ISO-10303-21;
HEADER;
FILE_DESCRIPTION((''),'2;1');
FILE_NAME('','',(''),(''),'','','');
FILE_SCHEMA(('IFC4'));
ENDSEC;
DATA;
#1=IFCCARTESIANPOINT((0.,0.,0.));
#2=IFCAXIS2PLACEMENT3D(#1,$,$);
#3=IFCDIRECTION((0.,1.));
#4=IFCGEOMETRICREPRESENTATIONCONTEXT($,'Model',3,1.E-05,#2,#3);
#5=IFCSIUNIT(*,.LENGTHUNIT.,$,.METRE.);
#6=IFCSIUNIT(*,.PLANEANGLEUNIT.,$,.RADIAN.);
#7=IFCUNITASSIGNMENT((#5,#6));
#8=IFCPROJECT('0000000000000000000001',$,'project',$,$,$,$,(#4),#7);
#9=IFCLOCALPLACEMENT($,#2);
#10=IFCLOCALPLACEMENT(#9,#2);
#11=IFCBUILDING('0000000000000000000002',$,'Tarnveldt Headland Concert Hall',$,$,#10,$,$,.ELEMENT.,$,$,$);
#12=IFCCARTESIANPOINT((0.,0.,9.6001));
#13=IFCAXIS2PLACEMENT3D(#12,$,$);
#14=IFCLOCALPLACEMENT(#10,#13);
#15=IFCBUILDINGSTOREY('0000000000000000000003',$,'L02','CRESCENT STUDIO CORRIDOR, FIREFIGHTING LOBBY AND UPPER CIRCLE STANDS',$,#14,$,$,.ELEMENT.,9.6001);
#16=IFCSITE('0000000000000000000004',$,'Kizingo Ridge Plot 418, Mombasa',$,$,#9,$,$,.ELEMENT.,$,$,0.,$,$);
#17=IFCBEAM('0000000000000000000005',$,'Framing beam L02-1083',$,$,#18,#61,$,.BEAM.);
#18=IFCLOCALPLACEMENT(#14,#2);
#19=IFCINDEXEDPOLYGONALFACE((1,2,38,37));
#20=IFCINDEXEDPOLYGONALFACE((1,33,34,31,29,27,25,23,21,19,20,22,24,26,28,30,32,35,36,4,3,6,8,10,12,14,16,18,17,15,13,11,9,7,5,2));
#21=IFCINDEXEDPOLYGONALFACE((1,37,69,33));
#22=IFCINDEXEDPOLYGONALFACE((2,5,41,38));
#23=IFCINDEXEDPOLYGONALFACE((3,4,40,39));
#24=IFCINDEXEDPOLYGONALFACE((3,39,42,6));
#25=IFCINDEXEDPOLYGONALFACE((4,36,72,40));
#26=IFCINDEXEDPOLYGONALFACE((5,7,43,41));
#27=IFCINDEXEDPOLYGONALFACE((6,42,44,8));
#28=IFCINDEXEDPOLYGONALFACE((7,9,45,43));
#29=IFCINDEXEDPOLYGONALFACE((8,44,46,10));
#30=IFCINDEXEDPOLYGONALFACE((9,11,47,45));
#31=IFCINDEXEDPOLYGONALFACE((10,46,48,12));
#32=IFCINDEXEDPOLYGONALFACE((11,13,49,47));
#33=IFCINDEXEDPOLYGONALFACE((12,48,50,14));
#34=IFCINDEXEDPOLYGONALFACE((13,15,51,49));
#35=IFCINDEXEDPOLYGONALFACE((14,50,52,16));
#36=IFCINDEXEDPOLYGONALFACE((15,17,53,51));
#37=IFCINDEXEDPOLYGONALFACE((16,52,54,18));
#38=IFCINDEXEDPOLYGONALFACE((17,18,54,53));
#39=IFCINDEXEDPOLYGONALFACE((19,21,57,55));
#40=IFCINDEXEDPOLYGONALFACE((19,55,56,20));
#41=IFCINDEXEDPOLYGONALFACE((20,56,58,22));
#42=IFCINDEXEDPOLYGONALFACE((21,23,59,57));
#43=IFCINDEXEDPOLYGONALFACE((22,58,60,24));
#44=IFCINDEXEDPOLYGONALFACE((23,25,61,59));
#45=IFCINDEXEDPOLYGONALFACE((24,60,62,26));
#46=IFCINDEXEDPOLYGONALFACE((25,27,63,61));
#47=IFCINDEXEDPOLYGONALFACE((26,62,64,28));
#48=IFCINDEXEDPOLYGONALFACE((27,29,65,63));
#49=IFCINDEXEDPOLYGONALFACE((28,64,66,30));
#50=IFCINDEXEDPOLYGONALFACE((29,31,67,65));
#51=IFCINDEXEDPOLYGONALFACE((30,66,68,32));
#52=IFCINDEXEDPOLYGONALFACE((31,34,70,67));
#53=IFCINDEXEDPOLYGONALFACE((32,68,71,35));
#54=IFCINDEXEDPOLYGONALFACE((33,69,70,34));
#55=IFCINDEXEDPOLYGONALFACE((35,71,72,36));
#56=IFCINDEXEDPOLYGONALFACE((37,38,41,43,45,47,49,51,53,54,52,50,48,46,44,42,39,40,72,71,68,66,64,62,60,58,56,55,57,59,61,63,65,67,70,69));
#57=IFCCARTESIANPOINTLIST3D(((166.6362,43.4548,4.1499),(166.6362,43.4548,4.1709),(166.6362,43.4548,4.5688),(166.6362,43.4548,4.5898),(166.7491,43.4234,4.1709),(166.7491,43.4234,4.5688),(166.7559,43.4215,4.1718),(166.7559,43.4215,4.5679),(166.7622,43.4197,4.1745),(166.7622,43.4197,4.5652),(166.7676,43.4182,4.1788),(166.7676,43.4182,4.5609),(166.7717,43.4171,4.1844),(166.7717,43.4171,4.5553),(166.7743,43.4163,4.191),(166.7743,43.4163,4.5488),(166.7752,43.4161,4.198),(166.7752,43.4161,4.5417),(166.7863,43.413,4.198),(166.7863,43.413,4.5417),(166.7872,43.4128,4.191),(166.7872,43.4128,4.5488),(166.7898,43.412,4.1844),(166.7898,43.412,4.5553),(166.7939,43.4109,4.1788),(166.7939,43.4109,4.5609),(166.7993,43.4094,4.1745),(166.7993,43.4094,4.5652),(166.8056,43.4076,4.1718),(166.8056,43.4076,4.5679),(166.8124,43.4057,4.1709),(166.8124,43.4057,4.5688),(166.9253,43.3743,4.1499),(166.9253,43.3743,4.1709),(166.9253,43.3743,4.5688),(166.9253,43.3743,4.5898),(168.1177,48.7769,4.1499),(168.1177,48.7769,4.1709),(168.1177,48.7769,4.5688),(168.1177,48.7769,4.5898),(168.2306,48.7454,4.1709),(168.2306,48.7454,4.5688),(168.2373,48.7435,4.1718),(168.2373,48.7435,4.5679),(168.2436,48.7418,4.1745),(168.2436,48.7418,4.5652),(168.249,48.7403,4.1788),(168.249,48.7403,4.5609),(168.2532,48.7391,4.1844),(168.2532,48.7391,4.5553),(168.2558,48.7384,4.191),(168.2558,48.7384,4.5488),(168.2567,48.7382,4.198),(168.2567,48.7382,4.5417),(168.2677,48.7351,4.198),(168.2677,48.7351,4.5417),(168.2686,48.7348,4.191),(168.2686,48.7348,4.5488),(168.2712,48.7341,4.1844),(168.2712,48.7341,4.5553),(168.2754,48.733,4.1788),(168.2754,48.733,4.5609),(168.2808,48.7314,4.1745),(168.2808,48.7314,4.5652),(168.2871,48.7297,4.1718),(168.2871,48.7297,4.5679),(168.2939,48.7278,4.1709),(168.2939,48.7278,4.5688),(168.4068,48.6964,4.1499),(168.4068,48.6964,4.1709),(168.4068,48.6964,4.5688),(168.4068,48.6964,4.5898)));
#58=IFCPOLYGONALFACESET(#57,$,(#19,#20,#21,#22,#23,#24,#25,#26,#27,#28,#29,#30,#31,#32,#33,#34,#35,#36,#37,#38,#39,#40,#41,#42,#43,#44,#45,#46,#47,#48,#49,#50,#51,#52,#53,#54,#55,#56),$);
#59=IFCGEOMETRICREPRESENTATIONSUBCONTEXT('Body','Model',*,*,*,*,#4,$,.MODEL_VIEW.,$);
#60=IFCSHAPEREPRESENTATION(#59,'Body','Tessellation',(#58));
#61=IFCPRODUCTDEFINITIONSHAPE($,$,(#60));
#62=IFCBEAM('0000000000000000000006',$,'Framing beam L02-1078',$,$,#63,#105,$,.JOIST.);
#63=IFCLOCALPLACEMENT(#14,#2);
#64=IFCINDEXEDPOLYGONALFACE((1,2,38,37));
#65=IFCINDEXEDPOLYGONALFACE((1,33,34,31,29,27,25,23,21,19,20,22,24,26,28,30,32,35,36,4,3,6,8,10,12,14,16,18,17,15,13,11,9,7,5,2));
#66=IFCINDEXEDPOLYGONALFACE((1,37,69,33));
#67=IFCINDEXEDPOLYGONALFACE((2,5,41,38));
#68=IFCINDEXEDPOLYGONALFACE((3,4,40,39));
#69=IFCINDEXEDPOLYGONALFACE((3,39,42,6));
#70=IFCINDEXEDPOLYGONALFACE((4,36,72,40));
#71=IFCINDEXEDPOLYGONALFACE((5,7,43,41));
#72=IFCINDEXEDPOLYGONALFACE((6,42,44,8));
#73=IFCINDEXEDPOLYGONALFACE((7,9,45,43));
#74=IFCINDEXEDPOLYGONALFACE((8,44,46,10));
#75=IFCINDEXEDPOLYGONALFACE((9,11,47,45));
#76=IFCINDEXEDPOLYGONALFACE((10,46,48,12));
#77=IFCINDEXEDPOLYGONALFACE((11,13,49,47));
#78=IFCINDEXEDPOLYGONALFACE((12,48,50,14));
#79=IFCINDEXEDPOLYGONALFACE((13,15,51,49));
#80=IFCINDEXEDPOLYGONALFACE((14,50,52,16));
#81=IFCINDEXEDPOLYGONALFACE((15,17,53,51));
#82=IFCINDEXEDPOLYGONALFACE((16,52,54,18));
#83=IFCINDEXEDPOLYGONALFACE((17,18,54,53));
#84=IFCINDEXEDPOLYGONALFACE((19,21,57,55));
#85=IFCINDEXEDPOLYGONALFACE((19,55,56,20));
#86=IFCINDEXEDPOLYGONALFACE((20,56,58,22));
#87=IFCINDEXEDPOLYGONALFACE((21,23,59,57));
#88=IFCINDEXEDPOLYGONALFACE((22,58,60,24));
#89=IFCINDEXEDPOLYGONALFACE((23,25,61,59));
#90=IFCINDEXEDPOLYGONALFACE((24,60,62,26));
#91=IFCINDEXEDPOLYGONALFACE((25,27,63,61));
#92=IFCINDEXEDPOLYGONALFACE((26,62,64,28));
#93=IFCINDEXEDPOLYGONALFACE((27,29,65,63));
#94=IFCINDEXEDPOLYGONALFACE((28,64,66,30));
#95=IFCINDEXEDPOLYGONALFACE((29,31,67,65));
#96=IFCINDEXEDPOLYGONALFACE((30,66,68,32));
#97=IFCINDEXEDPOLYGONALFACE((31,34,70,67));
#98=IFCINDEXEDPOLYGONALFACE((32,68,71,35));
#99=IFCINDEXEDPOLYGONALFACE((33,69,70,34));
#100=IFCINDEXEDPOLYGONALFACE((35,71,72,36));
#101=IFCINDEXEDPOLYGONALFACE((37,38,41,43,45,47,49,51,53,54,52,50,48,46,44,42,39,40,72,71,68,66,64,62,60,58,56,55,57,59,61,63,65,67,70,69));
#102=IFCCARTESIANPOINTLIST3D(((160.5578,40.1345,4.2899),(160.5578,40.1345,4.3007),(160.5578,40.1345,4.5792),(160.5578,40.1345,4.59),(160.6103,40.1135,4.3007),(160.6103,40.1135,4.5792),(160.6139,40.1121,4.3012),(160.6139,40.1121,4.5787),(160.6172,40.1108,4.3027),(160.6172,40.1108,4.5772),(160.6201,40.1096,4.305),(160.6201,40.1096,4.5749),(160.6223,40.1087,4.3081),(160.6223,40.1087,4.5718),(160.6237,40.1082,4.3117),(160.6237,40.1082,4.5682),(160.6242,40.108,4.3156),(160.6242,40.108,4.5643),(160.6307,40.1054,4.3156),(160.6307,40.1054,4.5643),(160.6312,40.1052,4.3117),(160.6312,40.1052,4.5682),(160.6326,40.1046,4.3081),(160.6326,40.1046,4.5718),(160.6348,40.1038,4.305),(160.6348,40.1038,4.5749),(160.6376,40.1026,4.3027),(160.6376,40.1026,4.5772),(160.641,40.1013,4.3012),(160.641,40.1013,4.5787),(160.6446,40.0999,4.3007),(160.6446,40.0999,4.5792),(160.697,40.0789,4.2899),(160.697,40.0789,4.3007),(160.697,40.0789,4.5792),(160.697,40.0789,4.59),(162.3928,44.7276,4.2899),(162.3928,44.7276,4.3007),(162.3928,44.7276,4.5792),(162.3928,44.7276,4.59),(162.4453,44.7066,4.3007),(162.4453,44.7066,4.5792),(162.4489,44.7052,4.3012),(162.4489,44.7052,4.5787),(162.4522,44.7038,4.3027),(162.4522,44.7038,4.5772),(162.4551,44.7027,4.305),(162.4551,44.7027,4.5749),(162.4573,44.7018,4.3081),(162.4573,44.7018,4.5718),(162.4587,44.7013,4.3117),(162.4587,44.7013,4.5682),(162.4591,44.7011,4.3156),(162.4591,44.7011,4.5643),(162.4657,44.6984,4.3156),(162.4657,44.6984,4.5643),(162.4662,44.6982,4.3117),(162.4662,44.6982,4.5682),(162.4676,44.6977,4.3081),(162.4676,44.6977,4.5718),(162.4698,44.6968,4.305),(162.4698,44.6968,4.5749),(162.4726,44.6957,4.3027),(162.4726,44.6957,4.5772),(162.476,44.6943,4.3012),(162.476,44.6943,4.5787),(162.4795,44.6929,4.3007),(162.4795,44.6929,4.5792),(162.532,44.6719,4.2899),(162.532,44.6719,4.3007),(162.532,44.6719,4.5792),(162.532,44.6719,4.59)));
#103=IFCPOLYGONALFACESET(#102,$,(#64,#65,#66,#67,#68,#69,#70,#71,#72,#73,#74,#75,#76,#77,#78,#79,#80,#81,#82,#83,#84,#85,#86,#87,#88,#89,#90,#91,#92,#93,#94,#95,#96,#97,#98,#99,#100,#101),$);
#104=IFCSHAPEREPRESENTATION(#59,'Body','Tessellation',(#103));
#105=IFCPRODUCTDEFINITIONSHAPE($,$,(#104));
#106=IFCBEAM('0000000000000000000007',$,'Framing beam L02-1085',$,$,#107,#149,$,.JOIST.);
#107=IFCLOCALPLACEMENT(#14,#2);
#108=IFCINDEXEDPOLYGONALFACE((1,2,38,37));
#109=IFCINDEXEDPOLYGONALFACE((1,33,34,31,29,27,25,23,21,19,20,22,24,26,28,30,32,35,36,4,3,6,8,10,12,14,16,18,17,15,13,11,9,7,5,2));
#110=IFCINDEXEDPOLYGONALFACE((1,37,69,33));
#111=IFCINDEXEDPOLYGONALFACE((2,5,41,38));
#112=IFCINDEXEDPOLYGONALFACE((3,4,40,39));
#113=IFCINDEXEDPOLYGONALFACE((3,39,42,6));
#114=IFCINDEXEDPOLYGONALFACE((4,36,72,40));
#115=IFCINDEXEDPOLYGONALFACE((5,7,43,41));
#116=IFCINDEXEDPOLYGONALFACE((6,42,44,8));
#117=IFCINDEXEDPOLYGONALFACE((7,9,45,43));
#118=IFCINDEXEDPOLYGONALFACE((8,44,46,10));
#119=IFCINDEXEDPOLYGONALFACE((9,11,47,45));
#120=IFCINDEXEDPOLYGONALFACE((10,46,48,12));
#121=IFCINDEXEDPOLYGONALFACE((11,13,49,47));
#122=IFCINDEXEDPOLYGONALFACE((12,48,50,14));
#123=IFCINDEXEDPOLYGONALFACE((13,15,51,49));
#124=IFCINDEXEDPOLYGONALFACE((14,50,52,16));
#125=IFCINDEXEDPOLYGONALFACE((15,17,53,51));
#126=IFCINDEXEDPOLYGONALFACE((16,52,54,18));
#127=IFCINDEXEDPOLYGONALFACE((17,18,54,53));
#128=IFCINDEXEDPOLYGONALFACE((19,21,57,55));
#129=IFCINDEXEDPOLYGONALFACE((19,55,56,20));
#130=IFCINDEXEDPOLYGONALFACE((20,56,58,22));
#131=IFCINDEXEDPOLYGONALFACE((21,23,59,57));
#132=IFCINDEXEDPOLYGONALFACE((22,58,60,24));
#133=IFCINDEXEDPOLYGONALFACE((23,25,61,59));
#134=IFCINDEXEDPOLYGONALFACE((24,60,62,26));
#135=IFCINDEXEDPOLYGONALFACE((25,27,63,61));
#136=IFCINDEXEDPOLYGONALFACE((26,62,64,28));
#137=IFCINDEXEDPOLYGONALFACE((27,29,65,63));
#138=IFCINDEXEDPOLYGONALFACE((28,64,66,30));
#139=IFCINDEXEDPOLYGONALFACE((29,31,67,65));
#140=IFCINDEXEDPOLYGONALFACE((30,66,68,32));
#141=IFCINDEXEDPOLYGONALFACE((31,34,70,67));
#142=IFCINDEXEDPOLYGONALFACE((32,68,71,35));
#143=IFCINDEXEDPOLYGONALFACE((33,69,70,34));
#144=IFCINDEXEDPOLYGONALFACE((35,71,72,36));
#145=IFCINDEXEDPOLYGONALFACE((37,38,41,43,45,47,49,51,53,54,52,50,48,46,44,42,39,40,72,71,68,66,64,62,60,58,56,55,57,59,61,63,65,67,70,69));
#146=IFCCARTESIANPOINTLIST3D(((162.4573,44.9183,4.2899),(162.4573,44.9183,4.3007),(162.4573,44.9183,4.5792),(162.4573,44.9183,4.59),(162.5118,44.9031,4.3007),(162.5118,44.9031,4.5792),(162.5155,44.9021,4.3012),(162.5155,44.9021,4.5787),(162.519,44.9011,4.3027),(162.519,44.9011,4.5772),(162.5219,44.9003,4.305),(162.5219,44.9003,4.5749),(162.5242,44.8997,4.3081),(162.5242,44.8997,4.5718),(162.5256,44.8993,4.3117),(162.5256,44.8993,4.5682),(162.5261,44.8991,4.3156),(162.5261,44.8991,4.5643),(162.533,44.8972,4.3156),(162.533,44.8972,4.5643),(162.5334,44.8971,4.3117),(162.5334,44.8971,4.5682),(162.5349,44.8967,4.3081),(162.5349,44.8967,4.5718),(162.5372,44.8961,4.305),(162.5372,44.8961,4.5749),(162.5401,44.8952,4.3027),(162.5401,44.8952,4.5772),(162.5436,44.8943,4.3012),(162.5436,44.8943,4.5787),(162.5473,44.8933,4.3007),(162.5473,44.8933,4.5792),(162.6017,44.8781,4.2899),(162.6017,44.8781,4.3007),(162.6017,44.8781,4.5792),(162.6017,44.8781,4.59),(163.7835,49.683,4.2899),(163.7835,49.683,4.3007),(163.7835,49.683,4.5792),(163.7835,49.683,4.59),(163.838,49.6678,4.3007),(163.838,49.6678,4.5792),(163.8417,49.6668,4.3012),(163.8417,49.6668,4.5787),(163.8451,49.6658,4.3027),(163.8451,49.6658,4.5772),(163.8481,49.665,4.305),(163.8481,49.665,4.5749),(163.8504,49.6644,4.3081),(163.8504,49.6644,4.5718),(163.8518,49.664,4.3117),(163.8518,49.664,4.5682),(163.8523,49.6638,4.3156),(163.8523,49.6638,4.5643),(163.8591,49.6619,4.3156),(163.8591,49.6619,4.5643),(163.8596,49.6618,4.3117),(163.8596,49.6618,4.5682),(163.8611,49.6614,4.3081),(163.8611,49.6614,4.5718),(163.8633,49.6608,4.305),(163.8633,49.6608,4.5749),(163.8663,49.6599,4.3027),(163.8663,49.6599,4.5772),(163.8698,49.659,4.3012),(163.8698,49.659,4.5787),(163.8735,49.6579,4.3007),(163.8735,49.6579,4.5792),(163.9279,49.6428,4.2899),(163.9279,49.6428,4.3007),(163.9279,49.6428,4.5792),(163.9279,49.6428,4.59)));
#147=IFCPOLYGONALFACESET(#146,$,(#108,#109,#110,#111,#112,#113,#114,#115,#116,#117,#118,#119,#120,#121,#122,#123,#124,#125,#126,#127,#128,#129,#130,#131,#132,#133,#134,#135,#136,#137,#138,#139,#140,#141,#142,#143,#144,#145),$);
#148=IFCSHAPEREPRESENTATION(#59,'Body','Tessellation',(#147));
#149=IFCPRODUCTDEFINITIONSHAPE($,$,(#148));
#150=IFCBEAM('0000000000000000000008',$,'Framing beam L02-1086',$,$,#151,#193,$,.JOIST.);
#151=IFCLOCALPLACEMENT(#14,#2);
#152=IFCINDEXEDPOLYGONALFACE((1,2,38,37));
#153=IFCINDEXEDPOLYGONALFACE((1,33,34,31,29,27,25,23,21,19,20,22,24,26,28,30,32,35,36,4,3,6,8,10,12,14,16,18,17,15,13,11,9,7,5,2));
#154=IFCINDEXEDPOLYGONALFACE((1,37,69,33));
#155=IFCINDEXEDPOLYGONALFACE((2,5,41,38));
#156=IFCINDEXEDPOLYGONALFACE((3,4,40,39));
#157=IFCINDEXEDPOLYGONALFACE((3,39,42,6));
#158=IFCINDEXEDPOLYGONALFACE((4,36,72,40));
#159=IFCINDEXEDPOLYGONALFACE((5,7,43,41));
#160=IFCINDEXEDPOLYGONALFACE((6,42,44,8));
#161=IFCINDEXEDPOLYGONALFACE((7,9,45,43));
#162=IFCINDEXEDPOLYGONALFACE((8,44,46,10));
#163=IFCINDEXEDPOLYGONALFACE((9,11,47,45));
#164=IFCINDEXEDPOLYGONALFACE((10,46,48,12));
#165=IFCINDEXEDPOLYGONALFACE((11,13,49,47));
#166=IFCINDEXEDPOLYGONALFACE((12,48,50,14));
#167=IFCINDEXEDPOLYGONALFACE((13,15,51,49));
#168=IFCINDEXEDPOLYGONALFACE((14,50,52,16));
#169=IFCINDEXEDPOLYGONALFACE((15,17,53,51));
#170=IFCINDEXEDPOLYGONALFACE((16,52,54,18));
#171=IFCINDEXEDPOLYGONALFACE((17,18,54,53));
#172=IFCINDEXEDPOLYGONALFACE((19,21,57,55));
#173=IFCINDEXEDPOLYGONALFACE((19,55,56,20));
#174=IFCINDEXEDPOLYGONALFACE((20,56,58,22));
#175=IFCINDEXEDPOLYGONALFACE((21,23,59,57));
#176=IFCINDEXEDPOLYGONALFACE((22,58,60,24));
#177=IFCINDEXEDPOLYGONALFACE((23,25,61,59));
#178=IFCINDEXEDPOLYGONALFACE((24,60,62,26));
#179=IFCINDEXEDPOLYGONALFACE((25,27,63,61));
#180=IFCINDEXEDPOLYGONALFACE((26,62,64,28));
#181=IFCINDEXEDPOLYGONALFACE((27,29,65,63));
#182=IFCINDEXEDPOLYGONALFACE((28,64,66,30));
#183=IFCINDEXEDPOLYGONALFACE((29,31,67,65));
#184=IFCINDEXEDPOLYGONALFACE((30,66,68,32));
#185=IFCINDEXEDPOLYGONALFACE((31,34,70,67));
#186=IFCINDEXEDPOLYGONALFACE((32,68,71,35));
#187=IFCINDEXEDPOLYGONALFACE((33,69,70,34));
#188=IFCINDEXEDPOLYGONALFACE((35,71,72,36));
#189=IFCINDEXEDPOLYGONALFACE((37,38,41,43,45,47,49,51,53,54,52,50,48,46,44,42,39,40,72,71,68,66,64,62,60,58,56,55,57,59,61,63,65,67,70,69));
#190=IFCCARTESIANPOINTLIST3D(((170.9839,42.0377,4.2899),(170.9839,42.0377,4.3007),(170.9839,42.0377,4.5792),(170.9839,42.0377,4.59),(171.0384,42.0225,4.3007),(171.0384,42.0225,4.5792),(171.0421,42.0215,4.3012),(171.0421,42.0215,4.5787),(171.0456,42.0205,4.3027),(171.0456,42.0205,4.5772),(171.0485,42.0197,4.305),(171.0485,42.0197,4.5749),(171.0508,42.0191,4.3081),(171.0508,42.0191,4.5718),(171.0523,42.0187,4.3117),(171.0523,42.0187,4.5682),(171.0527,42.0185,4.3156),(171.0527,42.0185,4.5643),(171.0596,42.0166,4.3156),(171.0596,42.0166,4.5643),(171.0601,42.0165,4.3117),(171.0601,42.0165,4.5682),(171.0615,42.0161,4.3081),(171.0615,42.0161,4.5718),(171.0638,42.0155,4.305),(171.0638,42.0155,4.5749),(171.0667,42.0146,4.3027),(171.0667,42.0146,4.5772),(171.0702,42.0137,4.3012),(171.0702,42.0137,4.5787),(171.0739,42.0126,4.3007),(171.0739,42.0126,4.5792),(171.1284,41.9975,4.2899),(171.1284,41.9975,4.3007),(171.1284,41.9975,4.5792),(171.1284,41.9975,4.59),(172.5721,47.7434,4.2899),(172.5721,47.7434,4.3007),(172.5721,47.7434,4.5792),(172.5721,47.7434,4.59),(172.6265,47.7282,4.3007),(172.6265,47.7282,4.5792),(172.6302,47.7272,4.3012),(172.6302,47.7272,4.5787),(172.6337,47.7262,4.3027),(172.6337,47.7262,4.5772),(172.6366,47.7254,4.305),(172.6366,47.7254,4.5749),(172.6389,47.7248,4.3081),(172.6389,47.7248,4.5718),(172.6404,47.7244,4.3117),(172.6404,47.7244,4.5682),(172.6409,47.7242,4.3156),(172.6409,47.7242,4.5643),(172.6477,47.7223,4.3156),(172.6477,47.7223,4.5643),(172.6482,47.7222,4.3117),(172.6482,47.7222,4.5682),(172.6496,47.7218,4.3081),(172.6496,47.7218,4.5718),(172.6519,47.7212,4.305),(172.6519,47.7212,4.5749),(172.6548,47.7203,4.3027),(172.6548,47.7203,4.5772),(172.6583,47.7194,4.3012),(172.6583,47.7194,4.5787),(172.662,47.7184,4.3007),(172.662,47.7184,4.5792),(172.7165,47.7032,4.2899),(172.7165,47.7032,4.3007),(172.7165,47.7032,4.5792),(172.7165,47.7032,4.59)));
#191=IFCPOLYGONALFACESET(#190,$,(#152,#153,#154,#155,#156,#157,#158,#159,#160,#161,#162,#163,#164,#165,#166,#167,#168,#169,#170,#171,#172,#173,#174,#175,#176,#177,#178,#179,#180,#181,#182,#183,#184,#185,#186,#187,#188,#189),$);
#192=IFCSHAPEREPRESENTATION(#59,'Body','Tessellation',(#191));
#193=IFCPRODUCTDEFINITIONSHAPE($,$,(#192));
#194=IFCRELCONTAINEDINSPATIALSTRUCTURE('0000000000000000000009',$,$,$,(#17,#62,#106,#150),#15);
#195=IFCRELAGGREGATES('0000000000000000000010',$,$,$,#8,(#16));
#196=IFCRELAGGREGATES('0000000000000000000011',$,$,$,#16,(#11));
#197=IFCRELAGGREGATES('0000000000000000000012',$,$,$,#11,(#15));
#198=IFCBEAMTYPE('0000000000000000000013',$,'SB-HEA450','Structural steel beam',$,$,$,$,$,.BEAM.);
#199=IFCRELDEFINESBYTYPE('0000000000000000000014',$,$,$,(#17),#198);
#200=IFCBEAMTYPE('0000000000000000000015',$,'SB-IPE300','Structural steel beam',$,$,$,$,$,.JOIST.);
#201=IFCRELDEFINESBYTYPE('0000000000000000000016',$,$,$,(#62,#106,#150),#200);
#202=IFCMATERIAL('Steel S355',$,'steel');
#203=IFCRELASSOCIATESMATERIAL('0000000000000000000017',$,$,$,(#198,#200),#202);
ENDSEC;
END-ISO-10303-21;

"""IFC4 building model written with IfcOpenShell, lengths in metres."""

from ifc_helpers import new_model, si_unit, direction, frame, origin, origin_2d, place, context, subcontext, project, spatial, i_section, extrude, material, material_profile, profile_set, type_object, element, save


model = new_model("IFC4")

# Units and contexts
model_context = context("Model", 3, precision=1e-05, world=origin(), true_north=direction((0.0, 1.0)))
body_context = subcontext(model_context, "Body", "Model", "MODEL_VIEW")
ifc_project = project(units=[si_unit("LENGTHUNIT", "METRE"), si_unit("PLANEANGLEUNIT", "RADIAN")], contexts=[model_context])

# Site, building, storey
site_placement = place(None, origin())
site = spatial("IfcSite", under=ifc_project, at=site_placement, Name="Kizingo Ridge Plot 418, Mombasa", CompositionType="ELEMENT", RefElevation=0.0)
building_placement = place(site_placement, origin())
building = spatial("IfcBuilding", under=site, at=building_placement, Name="Tarnveldt Headland Concert Hall", CompositionType="ELEMENT")
storey_placement = place(building_placement, frame((0.0, 0.0, 9.6001)))
storey = spatial("IfcBuildingStorey", under=building, at=storey_placement, Name="L02", Description="CRESCENT STUDIO CORRIDOR, FIREFIGHTING LOBBY AND UPPER CIRCLE STANDS", CompositionType="ELEMENT", Elevation=9.6001)

# Shared definitions
ifc_material_1 = material(Name="Steel S355", Category="steel")

# Beams
ifc_material_profile_1 = material_profile(ifc_material_1, i_section(OverallWidth=0.3, OverallDepth=0.4399, WebThickness=0.0115, FlangeThickness=0.021, FilletRadius=0.0271, at=origin_2d()), Name="HEA450", Category="steel")
ifc_profile_set_1 = profile_set([ifc_material_profile_1], Name="Steel S355")
beam_type_1 = type_object("IfcBeamType", Name="SB-HEA450", Description="Structural steel beam", PredefinedType="BEAM", material=ifc_profile_set_1)
beam_1_placement = place(storey_placement, frame((166.7808, 43.4146, 4.3699), z_axis=(0.268166, 0.963373, 0.0), x_axis=(-0.963373, 0.268166, 0.0)))
element("IfcBeam", 1, at=beam_1_placement, inside=storey, type_object=beam_type_1, Name="Framing beam L02-1083", PredefinedType="BEAM", context=body_context, shape_type="SweptSolid", body=[
    extrude(i_section(OverallWidth=0.3, OverallDepth=0.4399, WebThickness=0.0115, FlangeThickness=0.021, FilletRadius=0.0271, at=origin_2d()), origin(), (0.0, 0.0, 1.0), 5.5244),
])
ifc_material_profile_2 = material_profile(ifc_material_1, i_section(OverallWidth=0.1499, OverallDepth=0.3, WebThickness=0.0071, FlangeThickness=0.0107, FilletRadius=0.0149, at=origin_2d()), Name="IPE300", Category="steel")
ifc_profile_set_2 = profile_set([ifc_material_profile_2], Name="Steel S355")
beam_type_2 = type_object("IfcBeamType", Name="SB-IPE300", Description="Structural steel beam", PredefinedType="JOIST", material=ifc_profile_set_2)
beam_2_placement = place(storey_placement, frame((160.6274, 40.1067, 4.4399), z_axis=(0.370999, 0.928633, 0.0), x_axis=(-0.928633, 0.370999, 0.0)))
element("IfcBeam", 2, at=beam_2_placement, inside=storey, type_object=beam_type_2, Name="Framing beam L02-1078", PredefinedType="JOIST", context=body_context, shape_type="SweptSolid", body=[
    extrude(i_section(OverallWidth=0.1499, OverallDepth=0.3, WebThickness=0.0071, FlangeThickness=0.0107, FilletRadius=0.0149, at=origin_2d()), origin(), (0.0, 0.0, 1.0), 4.946),
])
beam_3_placement = place(storey_placement, frame((162.5295, 44.8982, 4.4399), z_axis=(0.268143, 0.963379, 0.0), x_axis=(-0.963379, 0.268143, 0.0)))
element("IfcBeam", 3, at=beam_3_placement, inside=storey, type_object=beam_type_2, Name="Framing beam L02-1085", PredefinedType="JOIST", context=body_context, shape_type="SweptSolid", body=[
    extrude(i_section(OverallWidth=0.1499, OverallDepth=0.3, WebThickness=0.0071, FlangeThickness=0.0107, FilletRadius=0.0149, at=origin_2d()), origin(), (0.0, 0.0, 1.0), 4.9458),
])
beam_4_placement = place(storey_placement, frame((171.0562, 42.0176, 4.4399), z_axis=(0.268143, 0.963379, 0.0), x_axis=(-0.963379, 0.268143, 0.0)))
element("IfcBeam", 4, at=beam_4_placement, inside=storey, type_object=beam_type_2, Name="Framing beam L02-1086", PredefinedType="JOIST", context=body_context, shape_type="SweptSolid", body=[
    extrude(i_section(OverallWidth=0.1499, OverallDepth=0.3, WebThickness=0.0071, FlangeThickness=0.0107, FilletRadius=0.0149, at=origin_2d()), origin(), (0.0, 0.0, 1.0), 5.9226),
])

save(model, "model.ifc")
